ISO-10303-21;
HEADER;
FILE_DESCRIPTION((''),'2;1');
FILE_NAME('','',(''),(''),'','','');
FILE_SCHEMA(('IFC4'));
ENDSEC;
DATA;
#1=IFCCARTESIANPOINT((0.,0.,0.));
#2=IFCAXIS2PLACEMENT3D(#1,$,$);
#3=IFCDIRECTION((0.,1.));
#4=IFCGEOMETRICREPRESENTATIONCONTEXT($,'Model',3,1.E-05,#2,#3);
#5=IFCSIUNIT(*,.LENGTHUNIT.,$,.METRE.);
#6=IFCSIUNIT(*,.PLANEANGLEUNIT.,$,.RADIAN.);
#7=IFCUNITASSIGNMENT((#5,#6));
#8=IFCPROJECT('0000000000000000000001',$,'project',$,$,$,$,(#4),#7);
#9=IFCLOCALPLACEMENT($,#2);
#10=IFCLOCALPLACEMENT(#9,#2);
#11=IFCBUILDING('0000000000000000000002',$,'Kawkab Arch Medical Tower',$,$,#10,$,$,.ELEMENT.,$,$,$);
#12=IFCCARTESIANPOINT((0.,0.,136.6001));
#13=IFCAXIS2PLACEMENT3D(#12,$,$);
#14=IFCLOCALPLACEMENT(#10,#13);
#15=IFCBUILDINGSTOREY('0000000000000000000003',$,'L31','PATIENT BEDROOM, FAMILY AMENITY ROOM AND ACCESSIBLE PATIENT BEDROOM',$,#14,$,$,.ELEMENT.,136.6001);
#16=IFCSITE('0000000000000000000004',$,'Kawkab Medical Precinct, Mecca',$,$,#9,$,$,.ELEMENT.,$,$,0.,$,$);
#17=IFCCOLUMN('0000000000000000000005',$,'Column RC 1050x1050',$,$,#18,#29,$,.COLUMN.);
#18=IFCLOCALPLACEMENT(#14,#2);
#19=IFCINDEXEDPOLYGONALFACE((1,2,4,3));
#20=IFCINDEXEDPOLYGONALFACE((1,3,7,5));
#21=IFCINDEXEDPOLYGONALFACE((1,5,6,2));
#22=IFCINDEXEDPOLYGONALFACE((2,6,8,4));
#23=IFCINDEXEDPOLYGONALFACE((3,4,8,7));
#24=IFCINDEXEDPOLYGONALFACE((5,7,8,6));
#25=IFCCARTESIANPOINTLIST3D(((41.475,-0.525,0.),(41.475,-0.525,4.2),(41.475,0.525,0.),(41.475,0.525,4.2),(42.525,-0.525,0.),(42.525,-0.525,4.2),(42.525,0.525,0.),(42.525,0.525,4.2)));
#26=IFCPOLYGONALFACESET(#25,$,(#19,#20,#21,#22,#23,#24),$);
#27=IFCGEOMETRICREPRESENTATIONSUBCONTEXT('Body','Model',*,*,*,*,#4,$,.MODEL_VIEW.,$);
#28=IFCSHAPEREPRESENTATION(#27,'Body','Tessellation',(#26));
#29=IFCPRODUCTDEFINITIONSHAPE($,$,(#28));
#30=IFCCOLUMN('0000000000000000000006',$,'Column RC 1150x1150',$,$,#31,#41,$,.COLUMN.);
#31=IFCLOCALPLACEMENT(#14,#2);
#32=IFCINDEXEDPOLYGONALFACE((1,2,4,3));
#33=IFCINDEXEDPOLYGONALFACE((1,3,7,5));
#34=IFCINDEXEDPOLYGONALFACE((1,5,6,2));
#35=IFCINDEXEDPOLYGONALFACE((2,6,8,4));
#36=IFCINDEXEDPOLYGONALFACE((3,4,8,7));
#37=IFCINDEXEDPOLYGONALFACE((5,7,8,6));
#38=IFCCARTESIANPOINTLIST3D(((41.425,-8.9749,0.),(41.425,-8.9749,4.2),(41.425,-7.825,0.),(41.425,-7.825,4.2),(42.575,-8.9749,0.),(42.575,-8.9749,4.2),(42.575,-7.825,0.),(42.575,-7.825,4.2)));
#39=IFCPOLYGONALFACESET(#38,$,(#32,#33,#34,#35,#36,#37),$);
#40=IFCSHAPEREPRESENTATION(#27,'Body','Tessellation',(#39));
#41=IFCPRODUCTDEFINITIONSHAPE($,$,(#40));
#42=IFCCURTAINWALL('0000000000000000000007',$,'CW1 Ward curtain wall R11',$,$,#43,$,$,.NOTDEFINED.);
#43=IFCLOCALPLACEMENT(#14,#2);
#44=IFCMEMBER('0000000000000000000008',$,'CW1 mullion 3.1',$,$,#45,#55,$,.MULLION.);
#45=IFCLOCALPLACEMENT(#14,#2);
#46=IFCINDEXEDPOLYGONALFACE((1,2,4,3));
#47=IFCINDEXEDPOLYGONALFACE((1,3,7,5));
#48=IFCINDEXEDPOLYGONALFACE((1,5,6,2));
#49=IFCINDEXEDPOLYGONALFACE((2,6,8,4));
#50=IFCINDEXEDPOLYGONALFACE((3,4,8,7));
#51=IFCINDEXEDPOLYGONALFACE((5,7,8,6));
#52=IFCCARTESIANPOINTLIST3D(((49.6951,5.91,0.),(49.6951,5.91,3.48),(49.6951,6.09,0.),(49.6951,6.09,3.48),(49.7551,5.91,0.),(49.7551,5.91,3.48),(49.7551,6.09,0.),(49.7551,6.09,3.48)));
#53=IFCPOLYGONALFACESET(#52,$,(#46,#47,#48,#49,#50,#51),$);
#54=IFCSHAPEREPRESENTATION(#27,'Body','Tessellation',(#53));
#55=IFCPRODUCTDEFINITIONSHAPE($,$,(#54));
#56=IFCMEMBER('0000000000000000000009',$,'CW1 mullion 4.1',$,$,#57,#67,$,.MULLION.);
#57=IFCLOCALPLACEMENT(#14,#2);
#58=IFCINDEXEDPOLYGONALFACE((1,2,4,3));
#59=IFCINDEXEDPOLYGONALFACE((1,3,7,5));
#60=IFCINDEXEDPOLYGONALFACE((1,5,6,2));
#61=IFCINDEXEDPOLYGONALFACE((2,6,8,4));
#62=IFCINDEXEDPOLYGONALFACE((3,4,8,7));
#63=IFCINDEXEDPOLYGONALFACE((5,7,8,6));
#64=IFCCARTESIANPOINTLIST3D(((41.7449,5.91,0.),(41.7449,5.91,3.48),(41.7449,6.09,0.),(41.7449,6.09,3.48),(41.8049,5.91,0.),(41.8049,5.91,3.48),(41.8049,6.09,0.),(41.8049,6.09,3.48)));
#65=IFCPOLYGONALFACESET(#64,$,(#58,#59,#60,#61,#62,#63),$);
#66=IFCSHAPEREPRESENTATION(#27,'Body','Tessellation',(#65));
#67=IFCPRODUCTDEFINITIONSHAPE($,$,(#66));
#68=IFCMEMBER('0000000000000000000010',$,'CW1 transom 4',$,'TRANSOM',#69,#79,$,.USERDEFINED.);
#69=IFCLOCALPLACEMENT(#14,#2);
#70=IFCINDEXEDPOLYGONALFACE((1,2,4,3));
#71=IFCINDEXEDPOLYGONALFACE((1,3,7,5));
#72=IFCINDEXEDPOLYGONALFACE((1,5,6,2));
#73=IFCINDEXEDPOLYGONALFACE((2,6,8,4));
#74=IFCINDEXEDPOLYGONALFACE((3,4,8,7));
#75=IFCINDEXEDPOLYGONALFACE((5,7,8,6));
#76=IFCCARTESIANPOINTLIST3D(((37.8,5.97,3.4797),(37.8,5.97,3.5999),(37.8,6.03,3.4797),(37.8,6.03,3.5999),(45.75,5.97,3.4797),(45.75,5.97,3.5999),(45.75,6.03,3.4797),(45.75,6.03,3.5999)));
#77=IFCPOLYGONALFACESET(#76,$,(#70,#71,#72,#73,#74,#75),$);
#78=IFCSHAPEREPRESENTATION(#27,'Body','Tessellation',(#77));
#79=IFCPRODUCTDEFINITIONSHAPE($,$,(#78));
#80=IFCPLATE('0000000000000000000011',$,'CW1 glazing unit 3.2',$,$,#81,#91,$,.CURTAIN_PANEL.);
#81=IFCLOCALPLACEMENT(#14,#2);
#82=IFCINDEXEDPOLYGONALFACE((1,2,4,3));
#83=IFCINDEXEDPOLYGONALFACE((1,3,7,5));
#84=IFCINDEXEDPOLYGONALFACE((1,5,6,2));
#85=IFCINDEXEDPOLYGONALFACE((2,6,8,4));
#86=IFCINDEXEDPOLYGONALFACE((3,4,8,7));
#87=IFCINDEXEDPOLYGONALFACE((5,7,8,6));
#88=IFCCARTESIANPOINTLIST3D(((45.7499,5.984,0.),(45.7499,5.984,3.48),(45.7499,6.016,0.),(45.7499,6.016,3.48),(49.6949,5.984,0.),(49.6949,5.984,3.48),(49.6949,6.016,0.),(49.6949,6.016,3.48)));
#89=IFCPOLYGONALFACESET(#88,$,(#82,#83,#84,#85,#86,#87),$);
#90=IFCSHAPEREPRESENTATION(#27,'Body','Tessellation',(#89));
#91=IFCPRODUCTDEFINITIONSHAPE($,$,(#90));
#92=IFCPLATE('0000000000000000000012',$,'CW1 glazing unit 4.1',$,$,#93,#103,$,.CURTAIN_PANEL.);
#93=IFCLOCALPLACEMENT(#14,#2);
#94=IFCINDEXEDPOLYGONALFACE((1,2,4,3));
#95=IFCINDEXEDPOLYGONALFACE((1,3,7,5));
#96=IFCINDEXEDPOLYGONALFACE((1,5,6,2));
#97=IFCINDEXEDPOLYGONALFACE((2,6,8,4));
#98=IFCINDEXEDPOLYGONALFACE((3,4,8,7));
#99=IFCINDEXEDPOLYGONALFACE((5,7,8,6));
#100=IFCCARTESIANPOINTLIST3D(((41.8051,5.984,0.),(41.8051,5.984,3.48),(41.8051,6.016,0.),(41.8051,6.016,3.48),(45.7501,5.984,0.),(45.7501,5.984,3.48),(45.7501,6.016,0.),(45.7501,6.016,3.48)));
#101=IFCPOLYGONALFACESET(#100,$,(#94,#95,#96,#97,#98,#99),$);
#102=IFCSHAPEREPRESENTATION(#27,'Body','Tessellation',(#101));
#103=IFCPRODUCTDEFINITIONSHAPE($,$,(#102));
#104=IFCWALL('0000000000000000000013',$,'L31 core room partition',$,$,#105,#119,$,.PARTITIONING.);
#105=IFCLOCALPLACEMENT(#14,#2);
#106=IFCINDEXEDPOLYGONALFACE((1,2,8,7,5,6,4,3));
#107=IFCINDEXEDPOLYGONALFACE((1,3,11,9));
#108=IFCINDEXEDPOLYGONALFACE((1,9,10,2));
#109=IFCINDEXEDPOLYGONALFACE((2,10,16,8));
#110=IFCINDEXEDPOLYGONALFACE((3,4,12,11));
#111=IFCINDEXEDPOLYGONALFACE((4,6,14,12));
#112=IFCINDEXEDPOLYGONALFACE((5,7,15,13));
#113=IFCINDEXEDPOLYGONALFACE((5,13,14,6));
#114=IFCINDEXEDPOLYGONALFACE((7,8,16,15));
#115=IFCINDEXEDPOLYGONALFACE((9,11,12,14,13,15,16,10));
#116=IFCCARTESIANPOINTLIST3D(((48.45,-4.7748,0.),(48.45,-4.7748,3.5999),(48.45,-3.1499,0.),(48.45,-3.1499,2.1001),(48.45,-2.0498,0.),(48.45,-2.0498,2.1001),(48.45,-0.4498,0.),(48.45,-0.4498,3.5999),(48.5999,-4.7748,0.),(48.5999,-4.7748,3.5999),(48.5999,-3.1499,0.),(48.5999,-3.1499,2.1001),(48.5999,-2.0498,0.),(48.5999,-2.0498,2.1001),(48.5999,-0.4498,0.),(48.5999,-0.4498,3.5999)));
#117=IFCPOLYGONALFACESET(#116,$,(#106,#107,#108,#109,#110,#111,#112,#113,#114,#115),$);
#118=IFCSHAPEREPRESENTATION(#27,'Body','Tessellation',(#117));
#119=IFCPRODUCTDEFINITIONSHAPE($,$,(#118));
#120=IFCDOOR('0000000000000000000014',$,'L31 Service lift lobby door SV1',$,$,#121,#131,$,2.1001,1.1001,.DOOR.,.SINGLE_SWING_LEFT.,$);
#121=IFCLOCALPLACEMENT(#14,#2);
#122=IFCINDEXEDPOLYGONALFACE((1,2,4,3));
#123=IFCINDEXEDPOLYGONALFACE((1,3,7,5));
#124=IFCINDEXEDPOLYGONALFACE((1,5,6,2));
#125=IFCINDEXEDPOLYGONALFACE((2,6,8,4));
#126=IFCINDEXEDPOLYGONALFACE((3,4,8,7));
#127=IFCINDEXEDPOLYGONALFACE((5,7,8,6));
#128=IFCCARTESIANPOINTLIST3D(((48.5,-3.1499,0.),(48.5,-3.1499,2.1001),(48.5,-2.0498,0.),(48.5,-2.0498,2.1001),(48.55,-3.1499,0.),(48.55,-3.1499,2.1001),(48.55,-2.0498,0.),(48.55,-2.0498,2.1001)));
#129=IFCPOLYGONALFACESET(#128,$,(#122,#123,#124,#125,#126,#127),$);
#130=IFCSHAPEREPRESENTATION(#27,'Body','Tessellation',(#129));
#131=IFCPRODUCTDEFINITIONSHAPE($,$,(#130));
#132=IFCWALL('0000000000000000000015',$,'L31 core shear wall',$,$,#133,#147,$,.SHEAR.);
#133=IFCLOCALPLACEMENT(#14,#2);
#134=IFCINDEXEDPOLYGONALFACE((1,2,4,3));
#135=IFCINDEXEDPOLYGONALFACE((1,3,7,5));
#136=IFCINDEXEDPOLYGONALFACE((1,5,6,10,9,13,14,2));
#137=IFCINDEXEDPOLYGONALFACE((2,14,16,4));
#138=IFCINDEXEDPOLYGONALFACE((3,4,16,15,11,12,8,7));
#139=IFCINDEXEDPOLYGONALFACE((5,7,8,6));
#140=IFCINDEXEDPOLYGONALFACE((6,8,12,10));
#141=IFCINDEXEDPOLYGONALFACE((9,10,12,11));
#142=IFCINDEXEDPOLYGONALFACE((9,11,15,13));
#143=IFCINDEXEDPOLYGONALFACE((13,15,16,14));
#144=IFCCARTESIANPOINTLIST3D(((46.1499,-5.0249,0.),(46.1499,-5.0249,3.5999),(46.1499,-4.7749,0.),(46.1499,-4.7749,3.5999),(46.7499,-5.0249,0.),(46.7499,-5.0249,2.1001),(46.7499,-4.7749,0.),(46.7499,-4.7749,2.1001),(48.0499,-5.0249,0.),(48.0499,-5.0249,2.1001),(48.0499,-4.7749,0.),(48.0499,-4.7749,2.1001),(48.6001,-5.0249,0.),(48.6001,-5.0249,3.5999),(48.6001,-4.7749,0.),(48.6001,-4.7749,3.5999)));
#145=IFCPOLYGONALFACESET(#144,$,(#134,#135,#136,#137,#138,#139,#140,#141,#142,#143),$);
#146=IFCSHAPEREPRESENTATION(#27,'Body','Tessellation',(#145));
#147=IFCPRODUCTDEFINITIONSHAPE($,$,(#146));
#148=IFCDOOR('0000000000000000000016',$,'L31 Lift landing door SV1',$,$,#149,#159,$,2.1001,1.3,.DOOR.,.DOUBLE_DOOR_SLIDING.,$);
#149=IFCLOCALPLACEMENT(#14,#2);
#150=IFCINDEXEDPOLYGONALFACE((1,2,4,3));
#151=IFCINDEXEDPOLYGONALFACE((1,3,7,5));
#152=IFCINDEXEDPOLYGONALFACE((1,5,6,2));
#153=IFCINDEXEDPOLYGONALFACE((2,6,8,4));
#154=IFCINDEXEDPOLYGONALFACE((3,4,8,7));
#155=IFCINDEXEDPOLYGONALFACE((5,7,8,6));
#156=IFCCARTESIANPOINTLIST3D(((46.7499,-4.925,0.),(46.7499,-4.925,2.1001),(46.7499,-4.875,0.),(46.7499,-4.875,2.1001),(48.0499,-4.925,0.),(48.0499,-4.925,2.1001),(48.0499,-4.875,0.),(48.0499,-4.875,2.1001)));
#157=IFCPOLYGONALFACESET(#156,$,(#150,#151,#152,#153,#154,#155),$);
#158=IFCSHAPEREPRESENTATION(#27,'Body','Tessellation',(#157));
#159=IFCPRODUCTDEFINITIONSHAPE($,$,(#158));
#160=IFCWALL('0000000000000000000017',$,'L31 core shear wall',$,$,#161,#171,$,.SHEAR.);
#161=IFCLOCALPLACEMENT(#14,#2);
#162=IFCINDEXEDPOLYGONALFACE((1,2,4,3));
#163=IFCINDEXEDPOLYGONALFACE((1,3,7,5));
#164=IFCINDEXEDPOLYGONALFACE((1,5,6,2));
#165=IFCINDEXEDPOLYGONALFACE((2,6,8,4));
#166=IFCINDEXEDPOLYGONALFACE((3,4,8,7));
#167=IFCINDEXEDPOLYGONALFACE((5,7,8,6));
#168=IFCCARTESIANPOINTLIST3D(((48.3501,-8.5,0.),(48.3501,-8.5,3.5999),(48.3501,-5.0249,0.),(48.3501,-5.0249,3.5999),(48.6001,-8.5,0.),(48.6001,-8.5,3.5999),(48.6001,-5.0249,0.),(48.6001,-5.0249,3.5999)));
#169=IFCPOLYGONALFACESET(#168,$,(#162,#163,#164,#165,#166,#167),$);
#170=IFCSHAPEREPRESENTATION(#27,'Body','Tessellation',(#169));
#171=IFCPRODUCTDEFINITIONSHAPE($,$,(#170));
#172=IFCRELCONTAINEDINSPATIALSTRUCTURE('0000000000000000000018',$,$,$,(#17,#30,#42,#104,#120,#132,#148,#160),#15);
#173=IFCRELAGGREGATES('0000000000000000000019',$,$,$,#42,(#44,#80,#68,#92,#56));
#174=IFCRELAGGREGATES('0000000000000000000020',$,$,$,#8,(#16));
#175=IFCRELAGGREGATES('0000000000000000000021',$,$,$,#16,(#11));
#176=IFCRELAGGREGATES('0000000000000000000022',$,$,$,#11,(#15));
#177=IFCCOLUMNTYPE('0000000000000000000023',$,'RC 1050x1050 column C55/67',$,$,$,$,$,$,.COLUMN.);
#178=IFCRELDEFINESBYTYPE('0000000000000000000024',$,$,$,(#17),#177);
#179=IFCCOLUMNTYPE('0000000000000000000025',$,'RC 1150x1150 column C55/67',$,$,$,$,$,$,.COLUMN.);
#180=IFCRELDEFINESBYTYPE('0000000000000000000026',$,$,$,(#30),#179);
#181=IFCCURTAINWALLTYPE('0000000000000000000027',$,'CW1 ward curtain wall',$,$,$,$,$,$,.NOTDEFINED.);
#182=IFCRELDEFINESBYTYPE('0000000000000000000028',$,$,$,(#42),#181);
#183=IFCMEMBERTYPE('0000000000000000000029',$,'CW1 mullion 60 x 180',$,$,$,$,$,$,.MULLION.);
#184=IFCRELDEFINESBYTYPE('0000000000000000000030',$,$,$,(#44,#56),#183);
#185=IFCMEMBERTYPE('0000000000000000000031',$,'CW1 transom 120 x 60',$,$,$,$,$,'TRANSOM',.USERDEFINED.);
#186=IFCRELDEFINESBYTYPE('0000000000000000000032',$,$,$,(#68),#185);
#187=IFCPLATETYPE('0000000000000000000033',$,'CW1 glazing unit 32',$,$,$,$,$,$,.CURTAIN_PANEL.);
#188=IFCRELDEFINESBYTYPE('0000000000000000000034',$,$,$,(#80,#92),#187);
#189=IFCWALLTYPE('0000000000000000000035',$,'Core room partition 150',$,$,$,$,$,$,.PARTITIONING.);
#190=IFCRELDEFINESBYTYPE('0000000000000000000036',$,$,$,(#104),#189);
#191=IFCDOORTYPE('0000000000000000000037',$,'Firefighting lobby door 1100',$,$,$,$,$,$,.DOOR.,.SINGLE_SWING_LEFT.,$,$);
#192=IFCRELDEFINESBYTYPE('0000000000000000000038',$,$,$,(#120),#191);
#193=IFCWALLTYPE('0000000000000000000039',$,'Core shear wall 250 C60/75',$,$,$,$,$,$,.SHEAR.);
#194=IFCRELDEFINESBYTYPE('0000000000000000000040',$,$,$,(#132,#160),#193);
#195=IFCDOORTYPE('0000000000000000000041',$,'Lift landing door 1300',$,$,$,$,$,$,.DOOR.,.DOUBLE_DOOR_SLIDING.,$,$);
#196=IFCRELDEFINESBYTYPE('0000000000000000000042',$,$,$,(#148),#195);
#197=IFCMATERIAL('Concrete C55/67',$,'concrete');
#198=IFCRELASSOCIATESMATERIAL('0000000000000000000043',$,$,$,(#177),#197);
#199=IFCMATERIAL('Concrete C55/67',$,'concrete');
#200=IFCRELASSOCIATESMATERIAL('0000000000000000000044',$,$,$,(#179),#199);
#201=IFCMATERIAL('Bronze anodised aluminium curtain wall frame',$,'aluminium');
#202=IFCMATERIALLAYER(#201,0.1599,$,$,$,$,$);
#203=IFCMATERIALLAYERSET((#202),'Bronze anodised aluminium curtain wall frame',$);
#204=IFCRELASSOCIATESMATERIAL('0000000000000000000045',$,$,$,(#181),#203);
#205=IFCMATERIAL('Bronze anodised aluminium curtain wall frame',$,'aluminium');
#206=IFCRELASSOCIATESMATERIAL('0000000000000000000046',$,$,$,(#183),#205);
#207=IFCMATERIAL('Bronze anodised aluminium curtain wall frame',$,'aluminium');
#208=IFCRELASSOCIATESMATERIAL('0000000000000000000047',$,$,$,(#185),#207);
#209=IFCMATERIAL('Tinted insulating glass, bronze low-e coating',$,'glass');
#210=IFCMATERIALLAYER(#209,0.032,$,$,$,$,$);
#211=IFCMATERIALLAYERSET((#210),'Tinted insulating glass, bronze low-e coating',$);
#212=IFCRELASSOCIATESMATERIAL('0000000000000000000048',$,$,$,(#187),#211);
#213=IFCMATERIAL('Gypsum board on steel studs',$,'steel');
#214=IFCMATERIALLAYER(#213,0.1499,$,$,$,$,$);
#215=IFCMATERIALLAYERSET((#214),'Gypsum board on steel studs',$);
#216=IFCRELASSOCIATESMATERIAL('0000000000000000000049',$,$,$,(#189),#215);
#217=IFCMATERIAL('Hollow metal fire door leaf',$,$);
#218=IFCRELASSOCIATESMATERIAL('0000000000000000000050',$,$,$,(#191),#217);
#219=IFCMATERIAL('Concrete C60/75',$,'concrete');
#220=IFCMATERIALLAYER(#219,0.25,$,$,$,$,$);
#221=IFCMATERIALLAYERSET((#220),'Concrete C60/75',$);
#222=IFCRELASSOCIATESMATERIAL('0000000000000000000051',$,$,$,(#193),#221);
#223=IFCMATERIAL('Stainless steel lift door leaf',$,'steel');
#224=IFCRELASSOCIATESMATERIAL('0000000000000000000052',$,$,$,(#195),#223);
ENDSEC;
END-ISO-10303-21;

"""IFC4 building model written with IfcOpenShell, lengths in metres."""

from ifc_helpers import new_model, si_unit, direction, frame, frame_2d, origin, origin_2d, place, context, subcontext, project, spatial, rectangle, extrude, material, layer, layer_set, material_profile, profile_set, type_object, element, fill, aggregate, save


model = new_model("IFC4")

# Units and contexts
model_context = context("Model", 3, precision=1e-05, world=origin(), true_north=direction((0.0, 1.0)))
body_context = subcontext(model_context, "Body", "Model", "MODEL_VIEW")
ifc_project = project(units=[si_unit("LENGTHUNIT", "METRE"), si_unit("PLANEANGLEUNIT", "RADIAN")], contexts=[model_context])

# Site, building, storey
site_placement = place(None, origin())
site = spatial("IfcSite", under=ifc_project, at=site_placement, Name="Kawkab Medical Precinct, Mecca", CompositionType="ELEMENT", RefElevation=0.0)
building_placement = place(site_placement, origin())
building = spatial("IfcBuilding", under=site, at=building_placement, Name="Kawkab Arch Medical Tower", CompositionType="ELEMENT")
storey_placement = place(building_placement, frame((0.0, 0.0, 136.6001)))
storey = spatial("IfcBuildingStorey", under=building, at=storey_placement, Name="L31", Description="PATIENT BEDROOM, FAMILY AMENITY ROOM AND ACCESSIBLE PATIENT BEDROOM", CompositionType="ELEMENT", Elevation=136.6001)

# Columns
ifc_material_1 = material(Name="Concrete C55/67", Category="concrete")
ifc_material_profile_1 = material_profile(ifc_material_1, rectangle(XDim=1.05, YDim=1.05, at=origin_2d()), Name="RC 1050x1050")
ifc_profile_set_1 = profile_set([ifc_material_profile_1], Name="Concrete C55/67")
column_type_1 = type_object("IfcColumnType", Name="RC 1050x1050 column C55/67", PredefinedType="COLUMN", material=ifc_profile_set_1)
column_1_placement = place(storey_placement, frame((42.0, 0.0, 0.0), z_axis=(0.0, 0.0, 1.0), x_axis=(1.0, 0.0, 0.0)))
element("IfcColumn", 1, at=column_1_placement, inside=storey, type_object=column_type_1, Name="Column RC 1050x1050", PredefinedType="COLUMN", context=body_context, shape_type="SweptSolid", body=[
    extrude(rectangle(XDim=1.05, YDim=1.05, at=origin_2d()), origin(), (0.0, 0.0, 1.0), 4.2),
])
ifc_material_2 = material(Name="Concrete C55/67", Category="concrete")
ifc_material_profile_2 = material_profile(ifc_material_2, rectangle(XDim=1.1499, YDim=1.1499, at=origin_2d()), Name="RC 1150x1150")
ifc_profile_set_2 = profile_set([ifc_material_profile_2], Name="Concrete C55/67")
column_type_2 = type_object("IfcColumnType", Name="RC 1150x1150 column C55/67", PredefinedType="COLUMN", material=ifc_profile_set_2)
column_2_placement = place(storey_placement, frame((42.0, -8.3999, 0.0), z_axis=(0.0, 0.0, 1.0), x_axis=(1.0, 0.0, 0.0)))
element("IfcColumn", 2, at=column_2_placement, inside=storey, type_object=column_type_2, Name="Column RC 1150x1150", PredefinedType="COLUMN", context=body_context, shape_type="SweptSolid", body=[
    extrude(rectangle(XDim=1.1499, YDim=1.1499, at=origin_2d()), origin(), (0.0, 0.0, 1.0), 4.2),
])

# Curtain wall, members, plates
ifc_material_3 = material(Name="Bronze anodised aluminium curtain wall frame", Category="aluminium")
ifc_layer_1 = layer(ifc_material_3, 0.1599)
ifc_layer_set_1 = layer_set([ifc_layer_1], Name="Bronze anodised aluminium curtain wall frame")
curtain_wall_type = type_object("IfcCurtainWallType", Name="CW1 ward curtain wall", PredefinedType="NOTDEFINED", material=ifc_layer_set_1)
placement = place(storey_placement, origin())
curtain_wall = element("IfcCurtainWall", 3, at=placement, inside=storey, type_object=curtain_wall_type, Name="CW1 Ward curtain wall R11", PredefinedType="NOTDEFINED")
ifc_material_4 = material(Name="Bronze anodised aluminium curtain wall frame", Category="aluminium")
ifc_material_profile_3 = material_profile(ifc_material_4, rectangle(XDim=0.1799, YDim=0.0601, at=origin_2d()), Name="AL 60x180")
ifc_profile_set_3 = profile_set([ifc_material_profile_3], Name="Bronze anodised aluminium curtain wall frame")
member_type_1 = type_object("IfcMemberType", Name="CW1 mullion 60 x 180", PredefinedType="MULLION", material=ifc_profile_set_3)
member_1_placement = place(storey_placement, frame((49.7251, 6.0, 0.0), z_axis=(0.0, 0.0, 1.0), x_axis=(0.0, -1.0, 0.0)))
member_1 = element("IfcMember", 4, at=member_1_placement, type_object=member_type_1, Name="CW1 mullion 3.1", PredefinedType="MULLION", context=body_context, shape_type="SweptSolid", body=[
    extrude(rectangle(XDim=0.1799, YDim=0.0601, at=origin_2d()), origin(), (0.0, 0.0, 1.0), 3.48),
])
member_2_placement = place(storey_placement, frame((41.7749, 6.0, 0.0), z_axis=(0.0, 0.0, 1.0), x_axis=(0.0, -1.0, 0.0)))
member_2 = element("IfcMember", 5, at=member_2_placement, type_object=member_type_1, Name="CW1 mullion 4.1", PredefinedType="MULLION", context=body_context, shape_type="SweptSolid", body=[
    extrude(rectangle(XDim=0.1799, YDim=0.0601, at=origin_2d()), origin(), (0.0, 0.0, 1.0), 3.48),
])
ifc_material_5 = material(Name="Bronze anodised aluminium curtain wall frame", Category="aluminium")
ifc_material_profile_4 = material_profile(ifc_material_5, rectangle(XDim=0.0601, YDim=0.1201, at=origin_2d()), Name="AL 60x120")
ifc_profile_set_4 = profile_set([ifc_material_profile_4], Name="Bronze anodised aluminium curtain wall frame")
member_type_2 = type_object("IfcMemberType", Name="CW1 transom 120 x 60", ElementType="TRANSOM", PredefinedType="USERDEFINED", material=ifc_profile_set_4)
member_3_placement = place(storey_placement, frame((45.75, 6.0, 3.5398), z_axis=(-1.0, 0.0, 0.0), x_axis=(0.0, -1.0, 0.0)))
member_3 = element("IfcMember", 6, at=member_3_placement, type_object=member_type_2, Name="CW1 transom 4", ObjectType="TRANSOM", PredefinedType="USERDEFINED", context=body_context, shape_type="SweptSolid", body=[
    extrude(rectangle(XDim=0.0601, YDim=0.1201, at=origin_2d()), origin(), (0.0, 0.0, 1.0), 7.95),
])
ifc_material_6 = material(Name="Tinted insulating glass, bronze low-e coating", Category="glass")
ifc_layer_2 = layer(ifc_material_6, 0.032)
ifc_layer_set_2 = layer_set([ifc_layer_2], Name="Tinted insulating glass, bronze low-e coating")
plate_type = type_object("IfcPlateType", Name="CW1 glazing unit 32", PredefinedType="CURTAIN_PANEL", material=ifc_layer_set_2)
plate_1_placement = place(storey_placement, frame((47.7224, 6.0, 0.0), z_axis=(0.0, 0.0, 1.0), x_axis=(-1.0, 0.0, 0.0)))
plate_1 = element("IfcPlate", 7, at=plate_1_placement, type_object=plate_type, Name="CW1 glazing unit 3.2", PredefinedType="CURTAIN_PANEL", context=body_context, shape_type="SweptSolid", body=[
    extrude(rectangle(XDim=3.9451, YDim=0.032, at=origin_2d()), origin(), (0.0, 0.0, 1.0), 3.48),
])
plate_2_placement = place(storey_placement, frame((43.7776, 6.0, 0.0), z_axis=(0.0, 0.0, 1.0), x_axis=(-1.0, 0.0, 0.0)))
plate_2 = element("IfcPlate", 8, at=plate_2_placement, type_object=plate_type, Name="CW1 glazing unit 4.1", PredefinedType="CURTAIN_PANEL", context=body_context, shape_type="SweptSolid", body=[
    extrude(rectangle(XDim=3.9451, YDim=0.032, at=origin_2d()), origin(), (0.0, 0.0, 1.0), 3.48),
])
aggregate(curtain_wall, [member_1, plate_1, member_3, plate_2, member_2])

# Walls, openings, doors
ifc_material_7 = material(Name="Gypsum board on steel studs", Category="steel")
ifc_layer_3 = layer(ifc_material_7, 0.1499)
ifc_layer_set_3 = layer_set([ifc_layer_3], Name="Gypsum board on steel studs")
wall_type_1 = type_object("IfcWallType", Name="Core room partition 150", PredefinedType="PARTITIONING", material=ifc_layer_set_3)
wall_1_placement = place(storey_placement, frame((48.5249, -4.7749, 0.0), z_axis=(0.0, 0.0, 1.0), x_axis=(0.0, 1.0, 0.0)))
wall_1 = element("IfcWall", 9, at=wall_1_placement, inside=storey, type_object=wall_type_1, Name="L31 core room partition", PredefinedType="PARTITIONING", context=body_context, shape_type="SweptSolid", body=[
    extrude(rectangle(XDim=4.325, YDim=0.1499, at=frame_2d((2.1626, 0.0))), origin(), (0.0, 0.0, 1.0), 3.5999),
])
opening_1_placement = place(wall_1_placement, frame((1.625, 0.0, 0.0)))
opening_1 = element("IfcOpeningElement", 10, at=opening_1_placement, cuts=wall_1, PredefinedType="OPENING", context=body_context, shape_type="SweptSolid", body=[
    extrude(rectangle(XDim=1.1001, YDim=2.1001, at=frame_2d((0.55, 1.05))), frame((0.0, 0.085, 0.0), z_axis=(0.0, -1.0, 0.0), x_axis=(1.0, 0.0, 0.0)), (0.0, 0.0, 1.0), 0.1699),
])
ifc_material_8 = material(Name="Hollow metal fire door leaf")
door_type_1 = type_object("IfcDoorType", Name="Firefighting lobby door 1100", OperationType="SINGLE_SWING_LEFT", PredefinedType="DOOR", material=ifc_material_8)
door_1_placement = place(opening_1_placement, origin())
door_1 = element("IfcDoor", 11, at=door_1_placement, inside=storey, type_object=door_type_1, Name="L31 Service lift lobby door SV1", OperationType="SINGLE_SWING_LEFT", OverallHeight=2.1001, OverallWidth=1.1001, PredefinedType="DOOR", context=body_context, shape_type="SweptSolid", body=[
    extrude(rectangle(XDim=1.1001, YDim=2.1001, at=frame_2d((0.55, 1.05))), frame((0.0, 0.0249, 0.0), z_axis=(0.0, -1.0, 0.0), x_axis=(1.0, 0.0, 0.0)), (0.0, 0.0, 1.0), 0.05),
])
fill(opening_1, door_1)
ifc_material_9 = material(Name="Concrete C60/75", Category="concrete")
ifc_layer_4 = layer(ifc_material_9, 0.25)
ifc_layer_set_4 = layer_set([ifc_layer_4], Name="Concrete C60/75")
wall_type_2 = type_object("IfcWallType", Name="Core shear wall 250 C60/75", PredefinedType="SHEAR", material=ifc_layer_set_4)
wall_2_placement = place(storey_placement, frame((46.1499, -4.8999, 0.0), z_axis=(0.0, 0.0, 1.0), x_axis=(1.0, 0.0, 0.0)))
wall_2 = element("IfcWall", 12, at=wall_2_placement, inside=storey, type_object=wall_type_2, Name="L31 core shear wall", PredefinedType="SHEAR", context=body_context, shape_type="SweptSolid", body=[
    extrude(rectangle(XDim=2.4502, YDim=0.25, at=frame_2d((1.2251, 0.0))), origin(), (0.0, 0.0, 1.0), 3.5999),
])
opening_2_placement = place(wall_2_placement, frame((0.6001, 0.0, 0.0)))
opening_2 = element("IfcOpeningElement", 13, at=opening_2_placement, cuts=wall_2, PredefinedType="OPENING", context=body_context, shape_type="SweptSolid", body=[
    extrude(rectangle(XDim=1.3, YDim=2.1001, at=frame_2d((0.6499, 1.05))), frame((0.0, 0.135, 0.0), z_axis=(0.0, -1.0, 0.0), x_axis=(1.0, 0.0, 0.0)), (0.0, 0.0, 1.0), 0.27),
])
ifc_material_10 = material(Name="Stainless steel lift door leaf", Category="steel")
door_type_2 = type_object("IfcDoorType", Name="Lift landing door 1300", OperationType="DOUBLE_DOOR_SLIDING", PredefinedType="DOOR", material=ifc_material_10)
door_2_placement = place(opening_2_placement, origin())
door_2 = element("IfcDoor", 14, at=door_2_placement, inside=storey, type_object=door_type_2, Name="L31 Lift landing door SV1", OperationType="DOUBLE_DOOR_SLIDING", OverallHeight=2.1001, OverallWidth=1.3, PredefinedType="DOOR", context=body_context, shape_type="SweptSolid", body=[
    extrude(rectangle(XDim=1.3, YDim=2.1001, at=frame_2d((0.6499, 1.05))), frame((0.0, 0.0249, 0.0), z_axis=(0.0, -1.0, 0.0), x_axis=(1.0, 0.0, 0.0)), (0.0, 0.0, 1.0), 0.05),
])
fill(opening_2, door_2)

# Wall
wall_3_placement = place(storey_placement, frame((48.4751, -8.5, 0.0), z_axis=(0.0, 0.0, 1.0), x_axis=(0.0, 1.0, 0.0)))
element("IfcWall", 15, at=wall_3_placement, inside=storey, type_object=wall_type_2, Name="L31 core shear wall", PredefinedType="SHEAR", context=body_context, shape_type="SweptSolid", body=[
    extrude(rectangle(XDim=3.4751, YDim=0.25, at=frame_2d((1.7375, 0.0))), origin(), (0.0, 0.0, 1.0), 3.5999),
])

save(model, "model.ifc")
